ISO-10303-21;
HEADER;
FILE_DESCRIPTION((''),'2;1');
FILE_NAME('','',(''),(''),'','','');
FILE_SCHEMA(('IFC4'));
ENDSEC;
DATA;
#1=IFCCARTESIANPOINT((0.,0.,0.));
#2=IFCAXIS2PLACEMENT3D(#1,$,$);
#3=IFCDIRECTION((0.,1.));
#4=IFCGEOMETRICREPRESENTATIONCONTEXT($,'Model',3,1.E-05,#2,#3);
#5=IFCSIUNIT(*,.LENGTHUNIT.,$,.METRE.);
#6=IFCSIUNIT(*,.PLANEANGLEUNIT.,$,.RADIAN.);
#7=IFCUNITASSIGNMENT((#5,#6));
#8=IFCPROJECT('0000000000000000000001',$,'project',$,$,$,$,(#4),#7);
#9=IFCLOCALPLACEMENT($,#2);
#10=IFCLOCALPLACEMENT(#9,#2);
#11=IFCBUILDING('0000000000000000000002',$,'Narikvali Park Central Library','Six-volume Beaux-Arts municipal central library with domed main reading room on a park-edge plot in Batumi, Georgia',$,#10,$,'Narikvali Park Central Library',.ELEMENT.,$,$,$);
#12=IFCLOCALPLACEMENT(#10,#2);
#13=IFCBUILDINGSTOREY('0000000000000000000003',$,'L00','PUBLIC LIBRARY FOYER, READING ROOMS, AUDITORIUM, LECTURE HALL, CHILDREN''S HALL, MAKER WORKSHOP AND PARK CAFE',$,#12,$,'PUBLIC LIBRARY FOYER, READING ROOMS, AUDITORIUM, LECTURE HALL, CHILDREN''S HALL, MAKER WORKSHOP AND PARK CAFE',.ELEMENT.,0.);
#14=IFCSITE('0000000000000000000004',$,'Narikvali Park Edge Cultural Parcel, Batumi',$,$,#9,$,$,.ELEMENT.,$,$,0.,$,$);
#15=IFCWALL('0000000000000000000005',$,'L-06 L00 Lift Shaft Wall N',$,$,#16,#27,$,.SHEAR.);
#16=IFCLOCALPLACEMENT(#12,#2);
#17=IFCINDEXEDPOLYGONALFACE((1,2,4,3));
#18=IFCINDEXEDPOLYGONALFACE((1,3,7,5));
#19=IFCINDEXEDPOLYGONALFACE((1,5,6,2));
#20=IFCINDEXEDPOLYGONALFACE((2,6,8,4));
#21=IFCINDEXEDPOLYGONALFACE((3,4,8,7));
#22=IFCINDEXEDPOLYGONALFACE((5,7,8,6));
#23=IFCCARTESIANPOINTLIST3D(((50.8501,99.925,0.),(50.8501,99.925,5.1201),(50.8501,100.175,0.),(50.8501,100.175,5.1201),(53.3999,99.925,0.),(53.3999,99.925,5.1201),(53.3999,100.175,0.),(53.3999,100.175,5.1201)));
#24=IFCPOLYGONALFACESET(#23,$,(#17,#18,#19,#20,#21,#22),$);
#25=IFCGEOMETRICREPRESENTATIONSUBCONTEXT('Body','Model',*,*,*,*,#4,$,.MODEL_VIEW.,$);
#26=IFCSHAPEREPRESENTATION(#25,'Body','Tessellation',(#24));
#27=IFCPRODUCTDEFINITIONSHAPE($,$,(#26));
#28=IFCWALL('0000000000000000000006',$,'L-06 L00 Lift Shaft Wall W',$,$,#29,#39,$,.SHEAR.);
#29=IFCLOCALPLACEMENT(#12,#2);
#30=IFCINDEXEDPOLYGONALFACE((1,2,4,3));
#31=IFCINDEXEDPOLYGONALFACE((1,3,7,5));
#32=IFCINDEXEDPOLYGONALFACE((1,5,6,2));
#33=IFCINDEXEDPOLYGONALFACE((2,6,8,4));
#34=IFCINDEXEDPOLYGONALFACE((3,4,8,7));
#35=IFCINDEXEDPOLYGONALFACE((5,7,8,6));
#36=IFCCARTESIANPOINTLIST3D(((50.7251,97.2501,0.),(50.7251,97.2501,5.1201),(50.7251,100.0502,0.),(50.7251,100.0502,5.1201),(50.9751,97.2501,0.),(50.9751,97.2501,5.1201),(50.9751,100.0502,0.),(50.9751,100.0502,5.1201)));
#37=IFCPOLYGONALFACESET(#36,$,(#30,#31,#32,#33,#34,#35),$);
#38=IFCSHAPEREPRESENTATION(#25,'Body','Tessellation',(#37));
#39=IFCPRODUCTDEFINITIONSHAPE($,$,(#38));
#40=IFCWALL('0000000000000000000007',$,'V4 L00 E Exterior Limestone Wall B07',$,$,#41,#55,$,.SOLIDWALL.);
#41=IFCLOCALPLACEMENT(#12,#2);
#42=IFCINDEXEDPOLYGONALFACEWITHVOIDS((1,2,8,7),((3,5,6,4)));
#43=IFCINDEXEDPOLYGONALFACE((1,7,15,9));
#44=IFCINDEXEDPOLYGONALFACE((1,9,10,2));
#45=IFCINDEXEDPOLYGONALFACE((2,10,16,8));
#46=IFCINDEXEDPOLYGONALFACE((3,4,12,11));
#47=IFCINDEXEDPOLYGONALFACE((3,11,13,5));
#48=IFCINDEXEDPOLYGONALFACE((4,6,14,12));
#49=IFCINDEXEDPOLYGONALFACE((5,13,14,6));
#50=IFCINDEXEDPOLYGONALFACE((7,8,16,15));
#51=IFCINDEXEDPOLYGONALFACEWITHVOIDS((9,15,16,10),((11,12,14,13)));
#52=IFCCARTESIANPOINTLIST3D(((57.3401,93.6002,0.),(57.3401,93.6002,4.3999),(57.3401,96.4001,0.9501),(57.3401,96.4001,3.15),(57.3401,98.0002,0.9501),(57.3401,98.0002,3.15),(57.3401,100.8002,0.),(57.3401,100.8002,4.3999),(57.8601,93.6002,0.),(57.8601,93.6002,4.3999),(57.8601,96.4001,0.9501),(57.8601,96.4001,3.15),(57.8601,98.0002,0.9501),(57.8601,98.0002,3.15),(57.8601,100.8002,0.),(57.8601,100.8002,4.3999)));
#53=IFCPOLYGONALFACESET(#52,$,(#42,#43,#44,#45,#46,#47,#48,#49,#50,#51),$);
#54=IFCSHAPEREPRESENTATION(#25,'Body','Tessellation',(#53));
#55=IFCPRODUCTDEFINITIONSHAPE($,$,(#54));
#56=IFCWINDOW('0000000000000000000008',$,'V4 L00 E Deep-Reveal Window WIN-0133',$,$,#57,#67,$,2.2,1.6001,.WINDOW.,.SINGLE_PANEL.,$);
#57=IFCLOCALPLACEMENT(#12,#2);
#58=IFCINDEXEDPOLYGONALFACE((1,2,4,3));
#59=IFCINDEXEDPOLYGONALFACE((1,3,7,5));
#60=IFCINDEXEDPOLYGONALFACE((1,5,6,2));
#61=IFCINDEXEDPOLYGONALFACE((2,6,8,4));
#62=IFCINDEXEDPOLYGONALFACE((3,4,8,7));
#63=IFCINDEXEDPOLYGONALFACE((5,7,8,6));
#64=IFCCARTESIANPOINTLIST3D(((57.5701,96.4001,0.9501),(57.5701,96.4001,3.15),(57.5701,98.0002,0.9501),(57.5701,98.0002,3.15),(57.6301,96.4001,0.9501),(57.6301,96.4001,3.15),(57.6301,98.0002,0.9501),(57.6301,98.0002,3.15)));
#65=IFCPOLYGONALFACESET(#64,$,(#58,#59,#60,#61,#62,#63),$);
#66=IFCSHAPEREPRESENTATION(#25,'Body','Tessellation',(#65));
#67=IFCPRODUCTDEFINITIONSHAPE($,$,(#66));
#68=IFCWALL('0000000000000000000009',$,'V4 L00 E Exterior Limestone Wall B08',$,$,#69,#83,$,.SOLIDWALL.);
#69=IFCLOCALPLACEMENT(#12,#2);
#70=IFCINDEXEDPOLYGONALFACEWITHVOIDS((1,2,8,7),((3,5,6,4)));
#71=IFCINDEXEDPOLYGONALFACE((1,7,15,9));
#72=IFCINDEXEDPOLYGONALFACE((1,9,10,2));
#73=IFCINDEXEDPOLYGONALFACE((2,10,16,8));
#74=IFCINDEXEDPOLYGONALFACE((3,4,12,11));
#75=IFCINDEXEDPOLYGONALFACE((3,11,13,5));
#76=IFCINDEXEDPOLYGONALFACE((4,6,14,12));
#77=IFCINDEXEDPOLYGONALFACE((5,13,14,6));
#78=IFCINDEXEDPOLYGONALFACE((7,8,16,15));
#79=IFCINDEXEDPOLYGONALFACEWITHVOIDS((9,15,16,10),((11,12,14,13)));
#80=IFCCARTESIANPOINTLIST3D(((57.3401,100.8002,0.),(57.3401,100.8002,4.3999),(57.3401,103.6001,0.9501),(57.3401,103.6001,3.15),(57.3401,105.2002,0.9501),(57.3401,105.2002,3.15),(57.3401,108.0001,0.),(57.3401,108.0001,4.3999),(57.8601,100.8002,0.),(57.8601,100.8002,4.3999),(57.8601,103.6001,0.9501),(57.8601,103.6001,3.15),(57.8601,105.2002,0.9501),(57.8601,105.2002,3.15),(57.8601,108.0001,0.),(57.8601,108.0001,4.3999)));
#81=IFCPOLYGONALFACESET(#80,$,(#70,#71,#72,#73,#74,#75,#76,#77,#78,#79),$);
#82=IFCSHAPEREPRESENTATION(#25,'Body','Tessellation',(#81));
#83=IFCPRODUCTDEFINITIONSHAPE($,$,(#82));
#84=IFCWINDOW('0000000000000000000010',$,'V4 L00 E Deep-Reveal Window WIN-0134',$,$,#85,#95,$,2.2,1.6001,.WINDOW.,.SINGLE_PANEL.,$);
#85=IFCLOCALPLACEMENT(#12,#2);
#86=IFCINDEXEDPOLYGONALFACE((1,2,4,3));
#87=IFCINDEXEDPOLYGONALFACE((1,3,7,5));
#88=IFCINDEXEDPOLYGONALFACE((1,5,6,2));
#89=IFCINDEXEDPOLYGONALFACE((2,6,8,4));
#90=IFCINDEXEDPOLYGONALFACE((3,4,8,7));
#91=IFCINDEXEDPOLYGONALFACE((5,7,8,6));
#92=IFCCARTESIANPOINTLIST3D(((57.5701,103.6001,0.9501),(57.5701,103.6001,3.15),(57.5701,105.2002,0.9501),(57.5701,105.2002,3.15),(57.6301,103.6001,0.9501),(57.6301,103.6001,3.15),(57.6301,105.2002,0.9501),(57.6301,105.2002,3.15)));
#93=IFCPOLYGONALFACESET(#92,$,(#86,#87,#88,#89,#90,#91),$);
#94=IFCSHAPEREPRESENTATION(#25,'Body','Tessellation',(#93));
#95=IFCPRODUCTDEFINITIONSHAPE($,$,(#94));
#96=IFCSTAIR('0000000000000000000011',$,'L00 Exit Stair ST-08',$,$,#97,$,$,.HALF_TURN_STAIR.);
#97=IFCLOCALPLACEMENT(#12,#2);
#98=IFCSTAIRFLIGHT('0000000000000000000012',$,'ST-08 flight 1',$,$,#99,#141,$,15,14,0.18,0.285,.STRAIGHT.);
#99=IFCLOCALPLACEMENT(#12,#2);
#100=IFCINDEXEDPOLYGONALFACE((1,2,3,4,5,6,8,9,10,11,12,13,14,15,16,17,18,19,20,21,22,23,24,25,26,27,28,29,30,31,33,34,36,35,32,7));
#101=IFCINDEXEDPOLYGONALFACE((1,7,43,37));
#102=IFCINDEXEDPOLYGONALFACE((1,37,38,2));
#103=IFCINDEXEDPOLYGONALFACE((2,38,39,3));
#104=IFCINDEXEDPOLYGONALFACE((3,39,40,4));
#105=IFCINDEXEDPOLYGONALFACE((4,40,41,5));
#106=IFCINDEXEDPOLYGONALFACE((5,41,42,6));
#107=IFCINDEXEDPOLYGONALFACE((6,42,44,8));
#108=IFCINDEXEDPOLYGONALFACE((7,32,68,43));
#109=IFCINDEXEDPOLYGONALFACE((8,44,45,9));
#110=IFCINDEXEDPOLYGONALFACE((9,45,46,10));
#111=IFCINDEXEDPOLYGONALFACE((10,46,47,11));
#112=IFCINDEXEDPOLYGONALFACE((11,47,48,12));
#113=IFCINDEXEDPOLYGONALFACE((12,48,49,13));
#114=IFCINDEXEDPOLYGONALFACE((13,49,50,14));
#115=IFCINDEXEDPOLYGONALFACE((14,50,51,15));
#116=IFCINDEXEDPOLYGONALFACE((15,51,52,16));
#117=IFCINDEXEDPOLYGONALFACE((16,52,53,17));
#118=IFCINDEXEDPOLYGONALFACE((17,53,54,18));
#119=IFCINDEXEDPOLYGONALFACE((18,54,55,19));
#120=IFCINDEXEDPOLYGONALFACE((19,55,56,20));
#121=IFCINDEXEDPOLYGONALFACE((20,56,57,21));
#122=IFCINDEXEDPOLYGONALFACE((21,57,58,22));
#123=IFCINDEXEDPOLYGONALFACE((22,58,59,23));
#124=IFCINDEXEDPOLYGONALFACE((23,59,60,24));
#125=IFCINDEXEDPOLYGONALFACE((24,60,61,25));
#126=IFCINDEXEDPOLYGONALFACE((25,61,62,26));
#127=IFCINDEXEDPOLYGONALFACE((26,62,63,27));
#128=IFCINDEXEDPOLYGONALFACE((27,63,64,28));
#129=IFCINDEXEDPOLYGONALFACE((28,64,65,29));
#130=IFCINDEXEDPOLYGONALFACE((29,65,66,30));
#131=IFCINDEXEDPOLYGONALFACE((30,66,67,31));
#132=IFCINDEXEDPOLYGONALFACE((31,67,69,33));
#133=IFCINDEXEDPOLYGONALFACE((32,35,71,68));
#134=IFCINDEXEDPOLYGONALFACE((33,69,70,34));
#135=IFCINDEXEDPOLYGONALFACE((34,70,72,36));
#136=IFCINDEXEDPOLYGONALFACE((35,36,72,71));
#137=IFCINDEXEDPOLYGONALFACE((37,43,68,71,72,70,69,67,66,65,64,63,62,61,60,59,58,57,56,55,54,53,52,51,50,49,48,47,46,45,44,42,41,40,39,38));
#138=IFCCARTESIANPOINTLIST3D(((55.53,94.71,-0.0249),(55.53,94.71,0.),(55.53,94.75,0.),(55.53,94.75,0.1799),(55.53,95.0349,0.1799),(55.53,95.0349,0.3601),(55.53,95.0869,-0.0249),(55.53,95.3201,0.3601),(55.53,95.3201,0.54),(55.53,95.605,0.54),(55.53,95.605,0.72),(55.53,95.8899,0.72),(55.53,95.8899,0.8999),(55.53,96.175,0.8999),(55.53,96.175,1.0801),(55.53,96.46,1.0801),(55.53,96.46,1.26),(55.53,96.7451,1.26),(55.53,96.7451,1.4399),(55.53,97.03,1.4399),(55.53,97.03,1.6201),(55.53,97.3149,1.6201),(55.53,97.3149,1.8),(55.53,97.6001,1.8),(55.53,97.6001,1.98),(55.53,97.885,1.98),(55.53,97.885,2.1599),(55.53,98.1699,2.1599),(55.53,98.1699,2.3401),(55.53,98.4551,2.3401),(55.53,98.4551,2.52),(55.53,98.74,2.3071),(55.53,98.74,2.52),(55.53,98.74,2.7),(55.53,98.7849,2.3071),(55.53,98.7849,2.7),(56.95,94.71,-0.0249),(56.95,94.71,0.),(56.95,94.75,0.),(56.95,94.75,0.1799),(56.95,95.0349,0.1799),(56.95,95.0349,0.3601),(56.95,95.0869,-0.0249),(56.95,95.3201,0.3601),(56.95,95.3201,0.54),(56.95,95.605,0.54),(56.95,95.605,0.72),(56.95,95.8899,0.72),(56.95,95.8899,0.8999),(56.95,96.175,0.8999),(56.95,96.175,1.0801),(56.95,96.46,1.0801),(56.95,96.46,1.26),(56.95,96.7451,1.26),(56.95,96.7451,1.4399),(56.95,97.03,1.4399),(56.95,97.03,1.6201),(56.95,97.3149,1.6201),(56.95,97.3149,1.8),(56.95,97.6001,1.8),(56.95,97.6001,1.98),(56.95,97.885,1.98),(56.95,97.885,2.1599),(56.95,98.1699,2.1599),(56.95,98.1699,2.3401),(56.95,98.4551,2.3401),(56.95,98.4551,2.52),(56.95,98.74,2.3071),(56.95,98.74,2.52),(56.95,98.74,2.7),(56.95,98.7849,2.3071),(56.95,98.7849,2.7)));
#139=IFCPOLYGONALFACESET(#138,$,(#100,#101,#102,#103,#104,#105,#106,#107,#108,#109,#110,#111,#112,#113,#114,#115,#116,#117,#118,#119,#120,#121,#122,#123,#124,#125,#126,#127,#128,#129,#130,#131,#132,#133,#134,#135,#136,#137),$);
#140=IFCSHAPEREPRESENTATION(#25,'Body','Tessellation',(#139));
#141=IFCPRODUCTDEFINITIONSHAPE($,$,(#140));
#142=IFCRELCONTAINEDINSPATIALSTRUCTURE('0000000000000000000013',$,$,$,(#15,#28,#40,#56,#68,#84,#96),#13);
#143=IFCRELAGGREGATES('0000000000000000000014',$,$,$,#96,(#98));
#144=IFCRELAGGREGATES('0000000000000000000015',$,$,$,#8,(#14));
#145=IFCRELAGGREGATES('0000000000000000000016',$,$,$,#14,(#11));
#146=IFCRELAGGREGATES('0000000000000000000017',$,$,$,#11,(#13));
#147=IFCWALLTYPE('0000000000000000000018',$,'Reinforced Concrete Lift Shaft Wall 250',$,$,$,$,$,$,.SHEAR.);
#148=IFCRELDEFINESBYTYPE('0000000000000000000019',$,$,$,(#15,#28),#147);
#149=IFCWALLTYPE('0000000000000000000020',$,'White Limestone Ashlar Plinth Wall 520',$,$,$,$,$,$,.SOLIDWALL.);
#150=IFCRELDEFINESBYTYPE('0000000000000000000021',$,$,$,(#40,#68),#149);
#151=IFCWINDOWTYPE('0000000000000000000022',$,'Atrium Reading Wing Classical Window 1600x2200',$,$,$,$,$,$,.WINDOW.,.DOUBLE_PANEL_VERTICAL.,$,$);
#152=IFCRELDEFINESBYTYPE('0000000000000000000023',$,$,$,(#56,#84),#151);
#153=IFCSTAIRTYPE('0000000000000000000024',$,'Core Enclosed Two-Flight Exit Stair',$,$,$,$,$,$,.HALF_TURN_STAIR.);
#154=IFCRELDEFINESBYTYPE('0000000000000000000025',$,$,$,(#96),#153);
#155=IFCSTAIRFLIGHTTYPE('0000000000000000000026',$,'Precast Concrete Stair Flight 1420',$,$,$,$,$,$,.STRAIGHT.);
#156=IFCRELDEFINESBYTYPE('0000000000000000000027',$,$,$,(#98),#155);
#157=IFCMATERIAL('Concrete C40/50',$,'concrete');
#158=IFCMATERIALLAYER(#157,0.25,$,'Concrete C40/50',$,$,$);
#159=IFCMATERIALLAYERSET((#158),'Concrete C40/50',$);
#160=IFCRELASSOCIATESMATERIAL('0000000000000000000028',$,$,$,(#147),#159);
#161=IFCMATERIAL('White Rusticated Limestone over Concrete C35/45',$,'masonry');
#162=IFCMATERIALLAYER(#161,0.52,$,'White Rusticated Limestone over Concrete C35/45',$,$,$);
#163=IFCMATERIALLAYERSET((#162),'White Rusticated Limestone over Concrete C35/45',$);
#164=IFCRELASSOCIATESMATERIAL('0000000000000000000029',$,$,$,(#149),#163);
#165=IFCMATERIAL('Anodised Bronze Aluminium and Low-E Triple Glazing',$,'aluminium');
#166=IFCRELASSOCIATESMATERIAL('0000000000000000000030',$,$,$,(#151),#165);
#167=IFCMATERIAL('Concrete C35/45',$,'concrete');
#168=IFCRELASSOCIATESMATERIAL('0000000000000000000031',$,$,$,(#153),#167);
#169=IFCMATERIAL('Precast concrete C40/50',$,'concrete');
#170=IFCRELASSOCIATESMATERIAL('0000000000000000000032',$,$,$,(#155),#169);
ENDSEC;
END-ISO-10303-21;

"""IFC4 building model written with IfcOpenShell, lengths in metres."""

from ifc_helpers import new_model, si_unit, direction, frame, frame_2d, origin, place, context, subcontext, project, spatial, polyline, rectangle, outline, extrude, material, layer, layer_set, type_object, element, fill, aggregate, save


model = new_model("IFC4")

# Units and contexts
model_context = context("Model", 3, precision=1e-05, world=origin(), true_north=direction((0.0, 1.0)))
body_context = subcontext(model_context, "Body", "Model", "MODEL_VIEW")
ifc_project = project(units=[si_unit("LENGTHUNIT", "METRE"), si_unit("PLANEANGLEUNIT", "RADIAN")], contexts=[model_context])

# Site, building, storey
site_placement = place(None, origin())
site = spatial("IfcSite", under=ifc_project, at=site_placement, Name="Narikvali Park Edge Cultural Parcel, Batumi", CompositionType="ELEMENT", RefElevation=0.0)
building_placement = place(site_placement, origin())
building = spatial("IfcBuilding", under=site, at=building_placement, Name="Narikvali Park Central Library", Description="Six-volume Beaux-Arts municipal central library with domed main reading room on a park-edge plot in Batumi, Georgia", LongName="Narikvali Park Central Library", CompositionType="ELEMENT")
storey_placement = place(building_placement, origin())
storey = spatial("IfcBuildingStorey", under=building, at=storey_placement, Name="L00", Description="PUBLIC LIBRARY FOYER, READING ROOMS, AUDITORIUM, LECTURE HALL, CHILDREN'S HALL, MAKER WORKSHOP AND PARK CAFE", LongName="PUBLIC LIBRARY FOYER, READING ROOMS, AUDITORIUM, LECTURE HALL, CHILDREN'S HALL, MAKER WORKSHOP AND PARK CAFE", CompositionType="ELEMENT", Elevation=0.0)

# Shared definitions
ifc_material_1 = material(Name="Concrete C40/50", Category="concrete")

# Shared definitions
ifc_layer_1 = layer(ifc_material_1, 0.25, Name="Concrete C40/50")
ifc_layer_set_1 = layer_set([ifc_layer_1], Name="Concrete C40/50")
wall_type_1 = type_object("IfcWallType", Name="Reinforced Concrete Lift Shaft Wall 250", PredefinedType="SHEAR", material=ifc_layer_set_1)

# Walls
wall_1_placement = place(storey_placement, frame((53.3999, 100.05, 0.0), z_axis=(0.0, 0.0, 1.0), x_axis=(-1.0, 0.0, 0.0)))
element("IfcWall", 1, at=wall_1_placement, inside=storey, type_object=wall_type_1, Name="L-06 L00 Lift Shaft Wall N", PredefinedType="SHEAR", context=body_context, shape_type="SweptSolid", body=[
    extrude(rectangle(XDim=2.5498, YDim=0.25, at=frame_2d((1.2749, 0.0))), origin(), (0.0, 0.0, 1.0), 5.1201),
])
wall_2_placement = place(storey_placement, frame((50.8501, 100.05, 0.0), z_axis=(0.0, 0.0, 1.0), x_axis=(0.0, -1.0, 0.0)))
element("IfcWall", 2, at=wall_2_placement, inside=storey, type_object=wall_type_1, Name="L-06 L00 Lift Shaft Wall W", PredefinedType="SHEAR", context=body_context, shape_type="SweptSolid", body=[
    extrude(rectangle(XDim=2.8, YDim=0.25, at=frame_2d((1.3999, 0.0))), origin(), (0.0, 0.0, 1.0), 5.1201),
])

# Walls, openings, windows
ifc_material_2 = material(Name="White Rusticated Limestone over Concrete C35/45", Category="masonry")
ifc_layer_2 = layer(ifc_material_2, 0.52, Name="White Rusticated Limestone over Concrete C35/45")
ifc_layer_set_2 = layer_set([ifc_layer_2], Name="White Rusticated Limestone over Concrete C35/45")
wall_type_2 = type_object("IfcWallType", Name="White Limestone Ashlar Plinth Wall 520", PredefinedType="SOLIDWALL", material=ifc_layer_set_2)
wall_3_placement = place(storey_placement, frame((57.6001, 93.6001, 0.0), z_axis=(0.0, 0.0, 1.0), x_axis=(0.0, 1.0, 0.0)))
wall_3 = element("IfcWall", 3, at=wall_3_placement, inside=storey, type_object=wall_type_2, Name="V4 L00 E Exterior Limestone Wall B07", PredefinedType="SOLIDWALL", context=body_context, shape_type="SweptSolid", body=[
    extrude(rectangle(XDim=7.2, YDim=0.52, at=frame_2d((3.6001, 0.0))), origin(), (0.0, 0.0, 1.0), 4.3999),
])
opening_1_placement = place(wall_3_placement, frame((2.8, 0.0, 0.95)))
opening_1 = element("IfcOpeningElement", 4, at=opening_1_placement, cuts=wall_3, PredefinedType="OPENING", context=body_context, shape_type="SweptSolid", body=[
    extrude(rectangle(XDim=1.6001, YDim=2.2, at=frame_2d((0.8, 1.1001))), frame((0.0, 0.272, 0.0), z_axis=(0.0, -1.0, 0.0), x_axis=(1.0, 0.0, 0.0)), (0.0, 0.0, 1.0), 0.5439),
])
ifc_material_3 = material(Name="Anodised Bronze Aluminium and Low-E Triple Glazing", Category="aluminium")
window_type = type_object("IfcWindowType", Name="Atrium Reading Wing Classical Window 1600x2200", PartitioningType="DOUBLE_PANEL_VERTICAL", PredefinedType="WINDOW", material=ifc_material_3)
window_1_placement = place(opening_1_placement, origin())
window_1 = element("IfcWindow", 5, at=window_1_placement, inside=storey, type_object=window_type, Name="V4 L00 E Deep-Reveal Window WIN-0133", OverallHeight=2.2, OverallWidth=1.6001, PartitioningType="SINGLE_PANEL", PredefinedType="WINDOW", context=body_context, shape_type="SweptSolid", body=[
    extrude(rectangle(XDim=1.6001, YDim=2.2, at=frame_2d((0.8, 1.1001))), frame((0.0, 0.03, 0.0), z_axis=(0.0, -1.0, 0.0), x_axis=(1.0, 0.0, 0.0)), (0.0, 0.0, 1.0), 0.0601),
])
fill(opening_1, window_1)
wall_4_placement = place(storey_placement, frame((57.6001, 100.8, 0.0), z_axis=(0.0, 0.0, 1.0), x_axis=(0.0, 1.0, 0.0)))
wall_4 = element("IfcWall", 6, at=wall_4_placement, inside=storey, type_object=wall_type_2, Name="V4 L00 E Exterior Limestone Wall B08", PredefinedType="SOLIDWALL", context=body_context, shape_type="SweptSolid", body=[
    extrude(rectangle(XDim=7.2, YDim=0.52, at=frame_2d((3.6001, 0.0))), origin(), (0.0, 0.0, 1.0), 4.3999),
])
opening_2_placement = place(wall_4_placement, frame((2.8, 0.0, 0.95)))
opening_2 = element("IfcOpeningElement", 7, at=opening_2_placement, cuts=wall_4, PredefinedType="OPENING", context=body_context, shape_type="SweptSolid", body=[
    extrude(rectangle(XDim=1.6001, YDim=2.2, at=frame_2d((0.8, 1.1001))), frame((0.0, 0.272, 0.0), z_axis=(0.0, -1.0, 0.0), x_axis=(1.0, 0.0, 0.0)), (0.0, 0.0, 1.0), 0.5439),
])
window_2_placement = place(opening_2_placement, origin())
window_2 = element("IfcWindow", 8, at=window_2_placement, inside=storey, type_object=window_type, Name="V4 L00 E Deep-Reveal Window WIN-0134", OverallHeight=2.2, OverallWidth=1.6001, PartitioningType="SINGLE_PANEL", PredefinedType="WINDOW", context=body_context, shape_type="SweptSolid", body=[
    extrude(rectangle(XDim=1.6001, YDim=2.2, at=frame_2d((0.8, 1.1001))), frame((0.0, 0.03, 0.0), z_axis=(0.0, -1.0, 0.0), x_axis=(1.0, 0.0, 0.0)), (0.0, 0.0, 1.0), 0.0601),
])
fill(opening_2, window_2)

# Stair, stair flight
ifc_material_4 = material(Name="Concrete C35/45", Category="concrete")
stair_type = type_object("IfcStairType", Name="Core Enclosed Two-Flight Exit Stair", PredefinedType="HALF_TURN_STAIR", material=ifc_material_4)
stair_placement = place(storey_placement, origin())
stair = element("IfcStair", 9, at=stair_placement, inside=storey, type_object=stair_type, Name="L00 Exit Stair ST-08", PredefinedType="HALF_TURN_STAIR")
ifc_material_5 = material(Name="Precast concrete C40/50", Category="concrete")
stair_flight_type = type_object("IfcStairFlightType", Name="Precast Concrete Stair Flight 1420", PredefinedType="STRAIGHT", material=ifc_material_5)
stair_flight_1_placement = place(storey_placement, frame((56.24, 94.75, 0.0), z_axis=(0.0, 0.0, 1.0), x_axis=(0.0, 1.0, 0.0)))
stair_flight_1 = element("IfcStairFlight", 10, at=stair_flight_1_placement, type_object=stair_flight_type, Name="ST-08 flight 1", NumberOfRisers=15, NumberOfTreads=14, PredefinedType="STRAIGHT", RiserHeight=0.18, TreadLength=0.285, context=body_context, shape_type="SweptSolid", body=[
    extrude(outline(polyline([(-0.04, -0.0249), (-0.04, 0.0), (0.0, 0.0), (0.0, 0.1799), (0.2849, 0.1799), (0.2849, 0.3601), (0.5701, 0.3601), (0.5701, 0.54), (0.855, 0.54), (0.855, 0.72), (1.1399, 0.72), (1.1399, 0.8999), (1.425, 0.8999), (1.425, 1.0801), (1.71, 1.0801), (1.71, 1.26), (1.9951, 1.26), (1.9951, 1.4399), (2.28, 1.4399), (2.28, 1.6201), (2.5649, 1.6201), (2.5649, 1.8), (2.8501, 1.8), (2.8501, 1.98), (3.135, 1.98), (3.135, 2.1599), (3.4199, 2.1599), (3.4199, 2.3401), (3.7051, 2.3401), (3.7051, 2.52), (3.99, 2.52), (3.99, 2.7), (4.0349, 2.7), (4.0349, 2.3071), (3.99, 2.3071), (0.3369, -0.0249), (-0.04, -0.0249)])), frame((0.0, 0.71, 0.0), z_axis=(0.0, -1.0, 0.0), x_axis=(1.0, 0.0, 0.0)), (0.0, 0.0, 1.0), 1.4199),
])
aggregate(stair, [stair_flight_1])

save(model, "model.ifc")
